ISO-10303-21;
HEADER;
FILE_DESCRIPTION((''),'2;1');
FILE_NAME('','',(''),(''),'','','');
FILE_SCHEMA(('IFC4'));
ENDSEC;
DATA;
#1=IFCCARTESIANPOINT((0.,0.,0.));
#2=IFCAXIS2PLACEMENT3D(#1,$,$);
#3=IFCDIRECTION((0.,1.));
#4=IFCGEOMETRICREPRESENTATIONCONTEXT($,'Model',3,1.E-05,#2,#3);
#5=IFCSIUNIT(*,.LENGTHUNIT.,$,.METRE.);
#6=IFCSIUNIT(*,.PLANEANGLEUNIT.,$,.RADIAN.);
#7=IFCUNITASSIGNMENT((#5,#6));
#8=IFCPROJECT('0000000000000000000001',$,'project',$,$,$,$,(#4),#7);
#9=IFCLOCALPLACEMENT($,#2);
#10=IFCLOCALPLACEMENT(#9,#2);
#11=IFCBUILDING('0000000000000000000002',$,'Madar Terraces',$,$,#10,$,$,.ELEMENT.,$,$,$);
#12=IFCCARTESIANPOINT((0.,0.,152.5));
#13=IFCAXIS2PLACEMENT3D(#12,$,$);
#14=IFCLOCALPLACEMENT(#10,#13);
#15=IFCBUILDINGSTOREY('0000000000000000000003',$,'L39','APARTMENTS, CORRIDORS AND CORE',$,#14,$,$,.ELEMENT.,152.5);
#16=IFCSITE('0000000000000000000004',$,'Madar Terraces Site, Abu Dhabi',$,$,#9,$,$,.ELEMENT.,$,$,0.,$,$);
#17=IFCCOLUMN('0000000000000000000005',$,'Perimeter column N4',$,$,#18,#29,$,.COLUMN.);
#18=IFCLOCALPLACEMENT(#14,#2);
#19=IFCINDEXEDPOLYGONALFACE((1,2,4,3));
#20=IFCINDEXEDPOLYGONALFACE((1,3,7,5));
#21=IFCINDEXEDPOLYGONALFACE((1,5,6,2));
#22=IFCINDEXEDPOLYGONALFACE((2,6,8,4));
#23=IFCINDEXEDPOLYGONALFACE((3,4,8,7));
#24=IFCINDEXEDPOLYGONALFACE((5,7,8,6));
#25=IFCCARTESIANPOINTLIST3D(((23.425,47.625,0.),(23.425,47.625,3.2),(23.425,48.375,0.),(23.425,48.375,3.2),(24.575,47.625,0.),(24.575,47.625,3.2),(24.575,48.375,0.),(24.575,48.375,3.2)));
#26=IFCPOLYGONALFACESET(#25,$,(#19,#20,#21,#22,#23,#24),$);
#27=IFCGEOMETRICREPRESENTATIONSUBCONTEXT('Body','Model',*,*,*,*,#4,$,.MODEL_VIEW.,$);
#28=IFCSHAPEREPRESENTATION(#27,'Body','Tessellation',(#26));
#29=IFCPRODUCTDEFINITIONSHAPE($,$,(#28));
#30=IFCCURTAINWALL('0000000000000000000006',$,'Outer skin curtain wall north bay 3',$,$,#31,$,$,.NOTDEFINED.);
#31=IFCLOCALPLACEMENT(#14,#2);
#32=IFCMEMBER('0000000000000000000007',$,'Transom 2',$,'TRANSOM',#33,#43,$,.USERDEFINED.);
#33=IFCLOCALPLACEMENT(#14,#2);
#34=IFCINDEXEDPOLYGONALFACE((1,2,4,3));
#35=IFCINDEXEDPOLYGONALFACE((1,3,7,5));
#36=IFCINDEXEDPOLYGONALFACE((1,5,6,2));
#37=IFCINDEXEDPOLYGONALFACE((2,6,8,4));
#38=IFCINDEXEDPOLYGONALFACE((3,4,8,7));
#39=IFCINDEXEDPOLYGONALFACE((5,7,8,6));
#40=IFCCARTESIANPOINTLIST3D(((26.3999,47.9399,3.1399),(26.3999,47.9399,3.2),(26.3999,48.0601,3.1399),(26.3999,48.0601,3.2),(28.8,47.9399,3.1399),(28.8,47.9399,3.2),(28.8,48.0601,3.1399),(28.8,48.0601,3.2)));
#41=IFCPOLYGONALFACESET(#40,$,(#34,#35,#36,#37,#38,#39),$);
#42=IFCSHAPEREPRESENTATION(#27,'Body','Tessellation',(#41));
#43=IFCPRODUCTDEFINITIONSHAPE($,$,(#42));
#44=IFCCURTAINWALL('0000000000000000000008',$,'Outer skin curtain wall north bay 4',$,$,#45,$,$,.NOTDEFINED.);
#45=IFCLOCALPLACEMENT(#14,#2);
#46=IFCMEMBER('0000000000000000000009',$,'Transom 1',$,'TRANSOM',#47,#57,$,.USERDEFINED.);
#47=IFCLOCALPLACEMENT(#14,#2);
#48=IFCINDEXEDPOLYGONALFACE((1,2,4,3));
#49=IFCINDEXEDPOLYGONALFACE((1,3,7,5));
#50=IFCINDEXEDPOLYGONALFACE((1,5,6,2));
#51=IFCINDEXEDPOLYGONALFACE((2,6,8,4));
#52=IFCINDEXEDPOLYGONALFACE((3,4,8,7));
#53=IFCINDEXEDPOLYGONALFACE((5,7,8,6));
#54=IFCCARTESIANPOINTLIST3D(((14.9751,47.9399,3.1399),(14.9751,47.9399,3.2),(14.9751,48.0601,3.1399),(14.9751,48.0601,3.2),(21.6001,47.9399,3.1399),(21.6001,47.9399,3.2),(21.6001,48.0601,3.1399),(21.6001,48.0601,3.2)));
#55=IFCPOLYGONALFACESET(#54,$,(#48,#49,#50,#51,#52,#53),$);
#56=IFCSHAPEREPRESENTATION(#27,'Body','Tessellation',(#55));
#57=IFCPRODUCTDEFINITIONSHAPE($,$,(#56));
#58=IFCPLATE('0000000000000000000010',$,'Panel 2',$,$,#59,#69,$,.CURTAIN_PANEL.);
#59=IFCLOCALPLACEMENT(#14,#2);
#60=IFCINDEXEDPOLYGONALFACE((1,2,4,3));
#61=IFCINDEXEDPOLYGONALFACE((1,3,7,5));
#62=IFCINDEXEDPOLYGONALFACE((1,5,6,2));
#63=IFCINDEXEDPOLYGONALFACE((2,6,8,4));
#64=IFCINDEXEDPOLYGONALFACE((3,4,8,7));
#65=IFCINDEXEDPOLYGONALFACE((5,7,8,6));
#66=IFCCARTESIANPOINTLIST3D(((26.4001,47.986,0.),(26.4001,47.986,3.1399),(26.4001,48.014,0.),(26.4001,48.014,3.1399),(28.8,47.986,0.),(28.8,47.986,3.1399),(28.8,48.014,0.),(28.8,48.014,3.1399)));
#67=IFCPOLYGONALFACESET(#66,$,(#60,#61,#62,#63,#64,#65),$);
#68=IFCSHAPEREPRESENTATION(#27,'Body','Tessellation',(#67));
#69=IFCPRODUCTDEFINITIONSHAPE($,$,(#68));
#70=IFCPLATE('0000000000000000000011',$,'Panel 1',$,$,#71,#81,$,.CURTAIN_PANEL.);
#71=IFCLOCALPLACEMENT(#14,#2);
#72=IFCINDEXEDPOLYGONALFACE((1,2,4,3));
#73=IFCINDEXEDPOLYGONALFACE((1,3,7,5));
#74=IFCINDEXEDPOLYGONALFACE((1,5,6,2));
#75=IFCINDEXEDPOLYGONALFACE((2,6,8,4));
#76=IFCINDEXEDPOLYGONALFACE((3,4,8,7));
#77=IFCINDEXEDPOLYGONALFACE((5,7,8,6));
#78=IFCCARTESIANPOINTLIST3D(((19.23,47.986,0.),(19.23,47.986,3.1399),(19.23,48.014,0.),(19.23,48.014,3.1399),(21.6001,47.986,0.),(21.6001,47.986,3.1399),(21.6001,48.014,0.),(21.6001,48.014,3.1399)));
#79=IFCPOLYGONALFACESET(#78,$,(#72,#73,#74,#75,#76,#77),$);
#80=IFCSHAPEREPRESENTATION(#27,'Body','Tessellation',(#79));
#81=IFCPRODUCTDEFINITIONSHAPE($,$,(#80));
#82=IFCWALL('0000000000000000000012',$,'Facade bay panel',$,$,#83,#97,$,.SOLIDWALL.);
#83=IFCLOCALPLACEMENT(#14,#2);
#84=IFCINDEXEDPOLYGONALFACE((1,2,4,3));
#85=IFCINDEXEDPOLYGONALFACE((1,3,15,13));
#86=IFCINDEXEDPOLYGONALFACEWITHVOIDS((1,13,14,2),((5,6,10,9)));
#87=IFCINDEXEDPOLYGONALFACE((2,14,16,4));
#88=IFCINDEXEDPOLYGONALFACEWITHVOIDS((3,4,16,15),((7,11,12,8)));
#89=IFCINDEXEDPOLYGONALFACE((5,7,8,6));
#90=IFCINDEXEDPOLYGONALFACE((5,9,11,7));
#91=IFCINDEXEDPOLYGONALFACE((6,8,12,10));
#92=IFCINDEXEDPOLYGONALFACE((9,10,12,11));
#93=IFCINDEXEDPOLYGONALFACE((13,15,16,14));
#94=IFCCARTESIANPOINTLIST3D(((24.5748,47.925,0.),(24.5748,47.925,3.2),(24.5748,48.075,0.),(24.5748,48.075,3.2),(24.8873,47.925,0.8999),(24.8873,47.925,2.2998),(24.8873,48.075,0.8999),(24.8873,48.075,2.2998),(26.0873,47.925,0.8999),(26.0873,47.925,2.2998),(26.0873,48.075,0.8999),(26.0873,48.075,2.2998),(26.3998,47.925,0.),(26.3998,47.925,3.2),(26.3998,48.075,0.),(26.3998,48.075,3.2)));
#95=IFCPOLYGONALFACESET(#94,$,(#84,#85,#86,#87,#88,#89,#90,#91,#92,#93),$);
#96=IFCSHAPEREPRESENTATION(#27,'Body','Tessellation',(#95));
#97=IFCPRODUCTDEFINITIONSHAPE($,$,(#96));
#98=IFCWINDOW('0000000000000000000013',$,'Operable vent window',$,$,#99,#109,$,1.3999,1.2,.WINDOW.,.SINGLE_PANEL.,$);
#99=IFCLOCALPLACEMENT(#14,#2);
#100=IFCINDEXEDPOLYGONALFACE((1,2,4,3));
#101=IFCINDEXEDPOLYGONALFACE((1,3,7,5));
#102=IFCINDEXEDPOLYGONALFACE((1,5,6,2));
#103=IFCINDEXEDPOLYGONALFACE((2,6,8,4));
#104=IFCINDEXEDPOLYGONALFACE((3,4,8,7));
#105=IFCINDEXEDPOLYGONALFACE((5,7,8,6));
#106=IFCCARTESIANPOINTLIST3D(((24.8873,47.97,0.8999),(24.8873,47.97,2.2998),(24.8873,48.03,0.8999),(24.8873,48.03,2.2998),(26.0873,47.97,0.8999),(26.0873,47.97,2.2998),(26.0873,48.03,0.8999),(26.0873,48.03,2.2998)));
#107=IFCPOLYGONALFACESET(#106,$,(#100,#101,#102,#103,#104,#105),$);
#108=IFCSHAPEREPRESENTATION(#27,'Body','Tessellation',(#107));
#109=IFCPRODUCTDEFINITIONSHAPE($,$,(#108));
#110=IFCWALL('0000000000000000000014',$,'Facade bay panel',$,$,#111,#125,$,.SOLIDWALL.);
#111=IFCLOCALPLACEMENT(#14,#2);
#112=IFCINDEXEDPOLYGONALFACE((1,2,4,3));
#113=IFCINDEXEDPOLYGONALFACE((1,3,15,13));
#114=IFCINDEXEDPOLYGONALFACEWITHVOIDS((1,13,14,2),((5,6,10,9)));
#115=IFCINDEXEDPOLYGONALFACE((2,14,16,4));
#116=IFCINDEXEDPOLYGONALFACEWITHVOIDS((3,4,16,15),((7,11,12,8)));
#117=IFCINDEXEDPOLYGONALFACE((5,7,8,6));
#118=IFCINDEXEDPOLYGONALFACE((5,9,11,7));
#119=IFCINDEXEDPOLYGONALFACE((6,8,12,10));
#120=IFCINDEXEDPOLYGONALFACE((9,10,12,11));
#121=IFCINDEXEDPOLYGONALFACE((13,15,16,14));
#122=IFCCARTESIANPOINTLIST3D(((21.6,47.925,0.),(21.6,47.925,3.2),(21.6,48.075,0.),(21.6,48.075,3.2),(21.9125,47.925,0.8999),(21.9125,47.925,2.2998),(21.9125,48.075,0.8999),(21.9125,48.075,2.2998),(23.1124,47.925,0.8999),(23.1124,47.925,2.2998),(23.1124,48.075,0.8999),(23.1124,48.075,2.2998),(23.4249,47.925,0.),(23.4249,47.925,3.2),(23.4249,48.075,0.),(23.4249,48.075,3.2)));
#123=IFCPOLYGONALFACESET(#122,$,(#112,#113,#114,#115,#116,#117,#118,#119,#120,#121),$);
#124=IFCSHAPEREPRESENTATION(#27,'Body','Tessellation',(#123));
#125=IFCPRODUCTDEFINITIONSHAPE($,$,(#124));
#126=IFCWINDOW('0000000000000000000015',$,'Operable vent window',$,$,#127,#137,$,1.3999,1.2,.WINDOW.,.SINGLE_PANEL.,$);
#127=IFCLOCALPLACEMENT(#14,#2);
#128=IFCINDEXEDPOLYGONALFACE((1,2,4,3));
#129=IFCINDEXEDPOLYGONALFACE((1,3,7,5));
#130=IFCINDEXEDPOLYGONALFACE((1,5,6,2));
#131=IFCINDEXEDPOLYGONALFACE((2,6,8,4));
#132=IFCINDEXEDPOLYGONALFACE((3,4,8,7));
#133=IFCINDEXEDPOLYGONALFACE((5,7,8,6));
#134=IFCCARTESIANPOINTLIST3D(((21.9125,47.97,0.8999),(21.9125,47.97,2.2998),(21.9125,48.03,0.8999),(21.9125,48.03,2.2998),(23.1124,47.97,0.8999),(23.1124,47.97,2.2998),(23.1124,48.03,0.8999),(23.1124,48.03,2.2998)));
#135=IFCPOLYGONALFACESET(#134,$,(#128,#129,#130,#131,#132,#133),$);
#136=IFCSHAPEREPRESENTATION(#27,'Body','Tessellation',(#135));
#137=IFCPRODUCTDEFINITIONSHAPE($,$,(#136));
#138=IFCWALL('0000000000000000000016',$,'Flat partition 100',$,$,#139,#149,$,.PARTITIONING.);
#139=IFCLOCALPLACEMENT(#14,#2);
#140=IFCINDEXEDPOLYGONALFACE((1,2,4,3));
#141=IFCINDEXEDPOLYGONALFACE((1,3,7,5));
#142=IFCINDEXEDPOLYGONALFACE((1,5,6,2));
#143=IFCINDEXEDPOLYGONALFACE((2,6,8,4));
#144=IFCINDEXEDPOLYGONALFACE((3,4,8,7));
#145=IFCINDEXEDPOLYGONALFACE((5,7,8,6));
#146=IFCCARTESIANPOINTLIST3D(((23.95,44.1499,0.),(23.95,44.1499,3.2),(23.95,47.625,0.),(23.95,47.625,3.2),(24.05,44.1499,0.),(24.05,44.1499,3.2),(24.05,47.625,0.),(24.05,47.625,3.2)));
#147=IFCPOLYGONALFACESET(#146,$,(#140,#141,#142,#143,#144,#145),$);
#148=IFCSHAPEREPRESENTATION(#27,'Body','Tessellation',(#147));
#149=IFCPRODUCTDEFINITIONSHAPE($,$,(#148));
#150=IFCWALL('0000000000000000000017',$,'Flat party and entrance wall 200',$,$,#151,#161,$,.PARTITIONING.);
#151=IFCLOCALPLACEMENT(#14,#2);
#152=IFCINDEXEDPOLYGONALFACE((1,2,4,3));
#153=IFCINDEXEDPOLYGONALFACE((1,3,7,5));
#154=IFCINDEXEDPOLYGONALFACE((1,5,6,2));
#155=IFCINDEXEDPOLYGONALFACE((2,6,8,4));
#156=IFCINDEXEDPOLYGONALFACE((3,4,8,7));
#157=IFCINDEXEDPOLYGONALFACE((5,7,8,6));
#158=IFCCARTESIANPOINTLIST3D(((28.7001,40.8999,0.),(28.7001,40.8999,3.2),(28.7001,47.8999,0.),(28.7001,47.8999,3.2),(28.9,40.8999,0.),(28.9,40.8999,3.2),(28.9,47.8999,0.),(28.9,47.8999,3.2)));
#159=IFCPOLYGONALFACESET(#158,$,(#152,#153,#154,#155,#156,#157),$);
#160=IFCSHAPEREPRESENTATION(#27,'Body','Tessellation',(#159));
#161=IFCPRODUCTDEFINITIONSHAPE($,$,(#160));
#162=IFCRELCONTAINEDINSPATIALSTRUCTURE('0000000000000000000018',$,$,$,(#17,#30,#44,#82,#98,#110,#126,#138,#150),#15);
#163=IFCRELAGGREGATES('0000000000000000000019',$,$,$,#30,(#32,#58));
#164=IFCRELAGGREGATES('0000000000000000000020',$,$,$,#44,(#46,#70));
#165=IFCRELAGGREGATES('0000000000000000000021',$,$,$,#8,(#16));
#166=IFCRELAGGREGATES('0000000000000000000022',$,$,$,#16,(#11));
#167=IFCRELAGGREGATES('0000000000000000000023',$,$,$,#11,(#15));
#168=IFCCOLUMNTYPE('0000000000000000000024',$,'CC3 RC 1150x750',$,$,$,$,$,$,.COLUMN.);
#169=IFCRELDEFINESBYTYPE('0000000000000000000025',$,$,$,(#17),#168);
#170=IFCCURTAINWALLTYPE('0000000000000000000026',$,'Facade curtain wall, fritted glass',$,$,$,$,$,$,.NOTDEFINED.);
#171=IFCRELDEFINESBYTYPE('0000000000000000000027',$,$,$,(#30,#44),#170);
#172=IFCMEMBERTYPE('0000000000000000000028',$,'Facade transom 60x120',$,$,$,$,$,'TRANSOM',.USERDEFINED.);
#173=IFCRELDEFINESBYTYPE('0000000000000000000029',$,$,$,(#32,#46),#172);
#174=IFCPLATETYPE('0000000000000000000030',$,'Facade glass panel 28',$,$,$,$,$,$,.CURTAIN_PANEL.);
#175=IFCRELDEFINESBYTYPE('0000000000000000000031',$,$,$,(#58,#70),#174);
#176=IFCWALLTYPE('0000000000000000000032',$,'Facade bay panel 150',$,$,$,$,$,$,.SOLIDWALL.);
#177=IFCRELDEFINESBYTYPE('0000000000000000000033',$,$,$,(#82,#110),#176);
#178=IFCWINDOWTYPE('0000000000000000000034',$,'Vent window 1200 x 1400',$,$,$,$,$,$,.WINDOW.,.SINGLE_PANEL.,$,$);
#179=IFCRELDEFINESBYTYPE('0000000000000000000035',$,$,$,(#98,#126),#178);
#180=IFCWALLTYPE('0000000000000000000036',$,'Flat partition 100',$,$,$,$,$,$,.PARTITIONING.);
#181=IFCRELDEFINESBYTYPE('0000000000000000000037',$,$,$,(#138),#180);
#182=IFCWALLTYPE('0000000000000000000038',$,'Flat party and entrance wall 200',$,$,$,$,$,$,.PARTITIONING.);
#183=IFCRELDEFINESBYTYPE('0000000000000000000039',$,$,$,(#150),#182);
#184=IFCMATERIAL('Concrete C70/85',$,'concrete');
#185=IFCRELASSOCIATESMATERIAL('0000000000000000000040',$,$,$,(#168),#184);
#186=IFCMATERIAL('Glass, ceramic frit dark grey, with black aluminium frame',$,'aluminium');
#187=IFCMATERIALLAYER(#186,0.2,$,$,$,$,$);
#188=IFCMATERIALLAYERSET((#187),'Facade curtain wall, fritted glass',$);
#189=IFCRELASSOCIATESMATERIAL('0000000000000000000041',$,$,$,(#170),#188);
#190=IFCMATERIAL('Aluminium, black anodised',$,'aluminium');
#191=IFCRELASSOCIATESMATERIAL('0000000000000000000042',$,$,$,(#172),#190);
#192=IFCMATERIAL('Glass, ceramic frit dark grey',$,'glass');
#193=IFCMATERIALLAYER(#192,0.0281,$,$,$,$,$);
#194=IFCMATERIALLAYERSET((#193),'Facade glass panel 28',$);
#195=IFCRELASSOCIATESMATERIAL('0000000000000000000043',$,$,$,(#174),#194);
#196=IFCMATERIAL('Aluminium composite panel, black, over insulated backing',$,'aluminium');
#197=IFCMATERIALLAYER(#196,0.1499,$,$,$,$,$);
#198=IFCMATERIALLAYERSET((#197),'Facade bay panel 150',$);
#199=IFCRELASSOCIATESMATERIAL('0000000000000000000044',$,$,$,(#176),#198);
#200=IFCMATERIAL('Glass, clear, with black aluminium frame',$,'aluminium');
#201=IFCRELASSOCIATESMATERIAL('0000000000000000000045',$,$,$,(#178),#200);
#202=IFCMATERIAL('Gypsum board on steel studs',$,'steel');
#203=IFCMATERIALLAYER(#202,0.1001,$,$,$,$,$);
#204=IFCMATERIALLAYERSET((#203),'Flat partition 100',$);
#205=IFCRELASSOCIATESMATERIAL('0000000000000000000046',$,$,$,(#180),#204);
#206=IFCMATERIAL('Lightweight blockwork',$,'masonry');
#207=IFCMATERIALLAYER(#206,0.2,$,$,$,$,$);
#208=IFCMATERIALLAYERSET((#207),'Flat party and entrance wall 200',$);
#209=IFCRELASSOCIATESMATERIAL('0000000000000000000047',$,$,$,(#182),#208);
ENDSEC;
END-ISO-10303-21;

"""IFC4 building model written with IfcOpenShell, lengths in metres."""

from ifc_helpers import new_model, si_unit, direction, frame, frame_2d, origin, origin_2d, place, context, subcontext, project, spatial, rectangle, extrude, material, layer, layer_set, material_profile, profile_set, type_object, element, fill, aggregate, save


model = new_model("IFC4")

# Units and contexts
model_context = context("Model", 3, precision=1e-05, world=origin(), true_north=direction((0.0, 1.0)))
body_context = subcontext(model_context, "Body", "Model", "MODEL_VIEW")
ifc_project = project(units=[si_unit("LENGTHUNIT", "METRE"), si_unit("PLANEANGLEUNIT", "RADIAN")], contexts=[model_context])

# Site, building, storey
site_placement = place(None, origin())
site = spatial("IfcSite", under=ifc_project, at=site_placement, Name="Madar Terraces Site, Abu Dhabi", CompositionType="ELEMENT", RefElevation=0.0)
building_placement = place(site_placement, origin())
building = spatial("IfcBuilding", under=site, at=building_placement, Name="Madar Terraces", CompositionType="ELEMENT")
storey_placement = place(building_placement, frame((0.0, 0.0, 152.5)))
storey = spatial("IfcBuildingStorey", under=building, at=storey_placement, Name="L39", Description="APARTMENTS, CORRIDORS AND CORE", CompositionType="ELEMENT", Elevation=152.5)

# Column
ifc_material_1 = material(Name="Concrete C70/85", Category="concrete")
ifc_material_profile_1 = material_profile(ifc_material_1, rectangle(XDim=1.1499, YDim=0.75, at=origin_2d()), Name="CC3 RC 1150x750")
ifc_profile_set_1 = profile_set([ifc_material_profile_1], Name="Concrete C70/85")
column_type = type_object("IfcColumnType", Name="CC3 RC 1150x750", PredefinedType="COLUMN", material=ifc_profile_set_1)
column_placement = place(storey_placement, frame((24.0, 48.0, 0.0), z_axis=(0.0, 0.0, 1.0), x_axis=(1.0, 0.0, 0.0)))
element("IfcColumn", 1, at=column_placement, inside=storey, type_object=column_type, Name="Perimeter column N4", PredefinedType="COLUMN", context=body_context, shape_type="SweptSolid", body=[
    extrude(rectangle(XDim=1.1499, YDim=0.75, at=origin_2d()), origin(), (0.0, 0.0, 1.0), 3.2),
])

# Curtain walls, members
ifc_material_2 = material(Name="Glass, ceramic frit dark grey, with black aluminium frame", Category="aluminium")
ifc_layer_1 = layer(ifc_material_2, 0.2)
ifc_layer_set_1 = layer_set([ifc_layer_1], Name="Facade curtain wall, fritted glass")
curtain_wall_type = type_object("IfcCurtainWallType", Name="Facade curtain wall, fritted glass", PredefinedType="NOTDEFINED", material=ifc_layer_set_1)
curtain_wall_1_placement = place(storey_placement, origin())
curtain_wall_1 = element("IfcCurtainWall", 2, at=curtain_wall_1_placement, inside=storey, type_object=curtain_wall_type, Name="Outer skin curtain wall north bay 3", PredefinedType="NOTDEFINED")
ifc_material_3 = material(Name="Aluminium, black anodised", Category="aluminium")
ifc_material_profile_2 = material_profile(ifc_material_3, rectangle(XDim=0.1201, YDim=0.0601, at=origin_2d()), Name="Facade transom 60x120")
ifc_profile_set_2 = profile_set([ifc_material_profile_2], Name="Aluminium, black anodised")
member_type = type_object("IfcMemberType", Name="Facade transom 60x120", ElementType="TRANSOM", PredefinedType="USERDEFINED", material=ifc_profile_set_2)
member_1_placement = place(storey_placement, frame((28.8, 48.0, 3.1699), z_axis=(-1.0, 0.0, 0.0), x_axis=(0.0, -1.0, 0.0)))
member_1 = element("IfcMember", 3, at=member_1_placement, type_object=member_type, Name="Transom 2", ObjectType="TRANSOM", PredefinedType="USERDEFINED", context=body_context, shape_type="SweptSolid", body=[
    extrude(rectangle(XDim=0.1201, YDim=0.0601, at=origin_2d()), origin(), (0.0, 0.0, 1.0), 2.4001),
])
curtain_wall_2_placement = place(storey_placement, origin())
curtain_wall_2 = element("IfcCurtainWall", 4, at=curtain_wall_2_placement, inside=storey, type_object=curtain_wall_type, Name="Outer skin curtain wall north bay 4", PredefinedType="NOTDEFINED")
member_2_placement = place(storey_placement, frame((21.6001, 48.0, 3.1699), z_axis=(-1.0, 0.0, 0.0), x_axis=(0.0, -1.0, 0.0)))
member_2 = element("IfcMember", 5, at=member_2_placement, type_object=member_type, Name="Transom 1", ObjectType="TRANSOM", PredefinedType="USERDEFINED", context=body_context, shape_type="SweptSolid", body=[
    extrude(rectangle(XDim=0.1201, YDim=0.0601, at=origin_2d()), origin(), (0.0, 0.0, 1.0), 6.625),
])

# Plates
ifc_material_4 = material(Name="Glass, ceramic frit dark grey", Category="glass")
ifc_layer_2 = layer(ifc_material_4, 0.0281)
ifc_layer_set_2 = layer_set([ifc_layer_2], Name="Facade glass panel 28")
plate_type = type_object("IfcPlateType", Name="Facade glass panel 28", PredefinedType="CURTAIN_PANEL", material=ifc_layer_set_2)
plate_1_placement = place(storey_placement, frame((27.6001, 48.0, 0.0), z_axis=(0.0, 0.0, 1.0), x_axis=(-1.0, 0.0, 0.0)))
plate_1 = element("IfcPlate", 6, at=plate_1_placement, type_object=plate_type, Name="Panel 2", PredefinedType="CURTAIN_PANEL", context=body_context, shape_type="SweptSolid", body=[
    extrude(rectangle(XDim=2.3999, YDim=0.0281, at=origin_2d()), origin(), (0.0, 0.0, 1.0), 3.1399),
])
aggregate(curtain_wall_1, [member_1, plate_1])
plate_2_placement = place(storey_placement, frame((20.415, 48.0, 0.0), z_axis=(0.0, 0.0, 1.0), x_axis=(-1.0, 0.0, 0.0)))
plate_2 = element("IfcPlate", 7, at=plate_2_placement, type_object=plate_type, Name="Panel 1", PredefinedType="CURTAIN_PANEL", context=body_context, shape_type="SweptSolid", body=[
    extrude(rectangle(XDim=2.3701, YDim=0.0281, at=origin_2d()), origin(), (0.0, 0.0, 1.0), 3.1399),
])
aggregate(curtain_wall_2, [member_2, plate_2])

# Walls, openings, windows
ifc_material_5 = material(Name="Aluminium composite panel, black, over insulated backing", Category="aluminium")
ifc_layer_3 = layer(ifc_material_5, 0.1499)
ifc_layer_set_3 = layer_set([ifc_layer_3], Name="Facade bay panel 150")
wall_type_1 = type_object("IfcWallType", Name="Facade bay panel 150", PredefinedType="SOLIDWALL", material=ifc_layer_set_3)
wall_1_placement = place(storey_placement, frame((26.3999, 48.0, 0.0), z_axis=(0.0, 0.0, 1.0), x_axis=(-1.0, 0.0, 0.0)))
wall_1 = element("IfcWall", 8, at=wall_1_placement, inside=storey, type_object=wall_type_1, Name="Facade bay panel", PredefinedType="SOLIDWALL", context=body_context, shape_type="SweptSolid", body=[
    extrude(rectangle(XDim=1.825, YDim=0.1499, at=frame_2d((0.9126, 0.0))), origin(), (0.0, 0.0, 1.0), 3.2),
])
opening_1_placement = place(wall_1_placement, frame((0.3125, 0.0, 0.8999)))
opening_1 = element("IfcOpeningElement", 9, at=opening_1_placement, cuts=wall_1, PredefinedType="OPENING", context=body_context, shape_type="SweptSolid", body=[
    extrude(rectangle(XDim=1.2, YDim=1.3999, at=frame_2d((0.6001, 0.7))), frame((0.0, 0.085, 0.0), z_axis=(0.0, -1.0, 0.0), x_axis=(1.0, 0.0, 0.0)), (0.0, 0.0, 1.0), 0.1699),
])
ifc_material_6 = material(Name="Glass, clear, with black aluminium frame", Category="aluminium")
window_type = type_object("IfcWindowType", Name="Vent window 1200 x 1400", PartitioningType="SINGLE_PANEL", PredefinedType="WINDOW", material=ifc_material_6)
window_1_placement = place(opening_1_placement, origin())
window_1 = element("IfcWindow", 10, at=window_1_placement, inside=storey, type_object=window_type, Name="Operable vent window", OverallHeight=1.3999, OverallWidth=1.2, PartitioningType="SINGLE_PANEL", PredefinedType="WINDOW", context=body_context, shape_type="SweptSolid", body=[
    extrude(rectangle(XDim=1.2, YDim=1.3999, at=frame_2d((0.6001, 0.7))), frame((0.0, 0.03, 0.0), z_axis=(0.0, -1.0, 0.0), x_axis=(1.0, 0.0, 0.0)), (0.0, 0.0, 1.0), 0.0601),
])
fill(opening_1, window_1)
wall_2_placement = place(storey_placement, frame((23.425, 48.0, 0.0), z_axis=(0.0, 0.0, 1.0), x_axis=(-1.0, 0.0, 0.0)))
wall_2 = element("IfcWall", 11, at=wall_2_placement, inside=storey, type_object=wall_type_1, Name="Facade bay panel", PredefinedType="SOLIDWALL", context=body_context, shape_type="SweptSolid", body=[
    extrude(rectangle(XDim=1.825, YDim=0.1499, at=frame_2d((0.9126, 0.0))), origin(), (0.0, 0.0, 1.0), 3.2),
])
opening_2_placement = place(wall_2_placement, frame((0.3125, 0.0, 0.8999)))
opening_2 = element("IfcOpeningElement", 12, at=opening_2_placement, cuts=wall_2, PredefinedType="OPENING", context=body_context, shape_type="SweptSolid", body=[
    extrude(rectangle(XDim=1.2, YDim=1.3999, at=frame_2d((0.6001, 0.7))), frame((0.0, 0.085, 0.0), z_axis=(0.0, -1.0, 0.0), x_axis=(1.0, 0.0, 0.0)), (0.0, 0.0, 1.0), 0.1699),
])
window_2_placement = place(opening_2_placement, origin())
window_2 = element("IfcWindow", 13, at=window_2_placement, inside=storey, type_object=window_type, Name="Operable vent window", OverallHeight=1.3999, OverallWidth=1.2, PartitioningType="SINGLE_PANEL", PredefinedType="WINDOW", context=body_context, shape_type="SweptSolid", body=[
    extrude(rectangle(XDim=1.2, YDim=1.3999, at=frame_2d((0.6001, 0.7))), frame((0.0, 0.03, 0.0), z_axis=(0.0, -1.0, 0.0), x_axis=(1.0, 0.0, 0.0)), (0.0, 0.0, 1.0), 0.0601),
])
fill(opening_2, window_2)

# Walls
ifc_material_7 = material(Name="Gypsum board on steel studs", Category="steel")
ifc_layer_4 = layer(ifc_material_7, 0.1001)
ifc_layer_set_4 = layer_set([ifc_layer_4], Name="Flat partition 100")
wall_type_2 = type_object("IfcWallType", Name="Flat partition 100", PredefinedType="PARTITIONING", material=ifc_layer_set_4)
wall_3_placement = place(storey_placement, frame((24.0, 44.1499, 0.0), z_axis=(0.0, 0.0, 1.0), x_axis=(0.0, 1.0, 0.0)))
element("IfcWall", 14, at=wall_3_placement, inside=storey, type_object=wall_type_2, Name="Flat partition 100", PredefinedType="PARTITIONING", context=body_context, shape_type="SweptSolid", body=[
    extrude(rectangle(XDim=3.4751, YDim=0.1001, at=frame_2d((1.7375, 0.0))), origin(), (0.0, 0.0, 1.0), 3.2),
])
ifc_material_8 = material(Name="Lightweight blockwork", Category="masonry")
ifc_layer_5 = layer(ifc_material_8, 0.2)
ifc_layer_set_5 = layer_set([ifc_layer_5], Name="Flat party and entrance wall 200")
wall_type_3 = type_object("IfcWallType", Name="Flat party and entrance wall 200", PredefinedType="PARTITIONING", material=ifc_layer_set_5)
wall_4_placement = place(storey_placement, frame((28.8, 47.8999, 0.0), z_axis=(0.0, 0.0, 1.0), x_axis=(0.0, -1.0, 0.0)))
element("IfcWall", 15, at=wall_4_placement, inside=storey, type_object=wall_type_3, Name="Flat party and entrance wall 200", PredefinedType="PARTITIONING", context=body_context, shape_type="SweptSolid", body=[
    extrude(rectangle(XDim=7.0, YDim=0.2, at=frame_2d((3.5, 0.0))), origin(), (0.0, 0.0, 1.0), 3.2),
])

save(model, "model.ifc")
